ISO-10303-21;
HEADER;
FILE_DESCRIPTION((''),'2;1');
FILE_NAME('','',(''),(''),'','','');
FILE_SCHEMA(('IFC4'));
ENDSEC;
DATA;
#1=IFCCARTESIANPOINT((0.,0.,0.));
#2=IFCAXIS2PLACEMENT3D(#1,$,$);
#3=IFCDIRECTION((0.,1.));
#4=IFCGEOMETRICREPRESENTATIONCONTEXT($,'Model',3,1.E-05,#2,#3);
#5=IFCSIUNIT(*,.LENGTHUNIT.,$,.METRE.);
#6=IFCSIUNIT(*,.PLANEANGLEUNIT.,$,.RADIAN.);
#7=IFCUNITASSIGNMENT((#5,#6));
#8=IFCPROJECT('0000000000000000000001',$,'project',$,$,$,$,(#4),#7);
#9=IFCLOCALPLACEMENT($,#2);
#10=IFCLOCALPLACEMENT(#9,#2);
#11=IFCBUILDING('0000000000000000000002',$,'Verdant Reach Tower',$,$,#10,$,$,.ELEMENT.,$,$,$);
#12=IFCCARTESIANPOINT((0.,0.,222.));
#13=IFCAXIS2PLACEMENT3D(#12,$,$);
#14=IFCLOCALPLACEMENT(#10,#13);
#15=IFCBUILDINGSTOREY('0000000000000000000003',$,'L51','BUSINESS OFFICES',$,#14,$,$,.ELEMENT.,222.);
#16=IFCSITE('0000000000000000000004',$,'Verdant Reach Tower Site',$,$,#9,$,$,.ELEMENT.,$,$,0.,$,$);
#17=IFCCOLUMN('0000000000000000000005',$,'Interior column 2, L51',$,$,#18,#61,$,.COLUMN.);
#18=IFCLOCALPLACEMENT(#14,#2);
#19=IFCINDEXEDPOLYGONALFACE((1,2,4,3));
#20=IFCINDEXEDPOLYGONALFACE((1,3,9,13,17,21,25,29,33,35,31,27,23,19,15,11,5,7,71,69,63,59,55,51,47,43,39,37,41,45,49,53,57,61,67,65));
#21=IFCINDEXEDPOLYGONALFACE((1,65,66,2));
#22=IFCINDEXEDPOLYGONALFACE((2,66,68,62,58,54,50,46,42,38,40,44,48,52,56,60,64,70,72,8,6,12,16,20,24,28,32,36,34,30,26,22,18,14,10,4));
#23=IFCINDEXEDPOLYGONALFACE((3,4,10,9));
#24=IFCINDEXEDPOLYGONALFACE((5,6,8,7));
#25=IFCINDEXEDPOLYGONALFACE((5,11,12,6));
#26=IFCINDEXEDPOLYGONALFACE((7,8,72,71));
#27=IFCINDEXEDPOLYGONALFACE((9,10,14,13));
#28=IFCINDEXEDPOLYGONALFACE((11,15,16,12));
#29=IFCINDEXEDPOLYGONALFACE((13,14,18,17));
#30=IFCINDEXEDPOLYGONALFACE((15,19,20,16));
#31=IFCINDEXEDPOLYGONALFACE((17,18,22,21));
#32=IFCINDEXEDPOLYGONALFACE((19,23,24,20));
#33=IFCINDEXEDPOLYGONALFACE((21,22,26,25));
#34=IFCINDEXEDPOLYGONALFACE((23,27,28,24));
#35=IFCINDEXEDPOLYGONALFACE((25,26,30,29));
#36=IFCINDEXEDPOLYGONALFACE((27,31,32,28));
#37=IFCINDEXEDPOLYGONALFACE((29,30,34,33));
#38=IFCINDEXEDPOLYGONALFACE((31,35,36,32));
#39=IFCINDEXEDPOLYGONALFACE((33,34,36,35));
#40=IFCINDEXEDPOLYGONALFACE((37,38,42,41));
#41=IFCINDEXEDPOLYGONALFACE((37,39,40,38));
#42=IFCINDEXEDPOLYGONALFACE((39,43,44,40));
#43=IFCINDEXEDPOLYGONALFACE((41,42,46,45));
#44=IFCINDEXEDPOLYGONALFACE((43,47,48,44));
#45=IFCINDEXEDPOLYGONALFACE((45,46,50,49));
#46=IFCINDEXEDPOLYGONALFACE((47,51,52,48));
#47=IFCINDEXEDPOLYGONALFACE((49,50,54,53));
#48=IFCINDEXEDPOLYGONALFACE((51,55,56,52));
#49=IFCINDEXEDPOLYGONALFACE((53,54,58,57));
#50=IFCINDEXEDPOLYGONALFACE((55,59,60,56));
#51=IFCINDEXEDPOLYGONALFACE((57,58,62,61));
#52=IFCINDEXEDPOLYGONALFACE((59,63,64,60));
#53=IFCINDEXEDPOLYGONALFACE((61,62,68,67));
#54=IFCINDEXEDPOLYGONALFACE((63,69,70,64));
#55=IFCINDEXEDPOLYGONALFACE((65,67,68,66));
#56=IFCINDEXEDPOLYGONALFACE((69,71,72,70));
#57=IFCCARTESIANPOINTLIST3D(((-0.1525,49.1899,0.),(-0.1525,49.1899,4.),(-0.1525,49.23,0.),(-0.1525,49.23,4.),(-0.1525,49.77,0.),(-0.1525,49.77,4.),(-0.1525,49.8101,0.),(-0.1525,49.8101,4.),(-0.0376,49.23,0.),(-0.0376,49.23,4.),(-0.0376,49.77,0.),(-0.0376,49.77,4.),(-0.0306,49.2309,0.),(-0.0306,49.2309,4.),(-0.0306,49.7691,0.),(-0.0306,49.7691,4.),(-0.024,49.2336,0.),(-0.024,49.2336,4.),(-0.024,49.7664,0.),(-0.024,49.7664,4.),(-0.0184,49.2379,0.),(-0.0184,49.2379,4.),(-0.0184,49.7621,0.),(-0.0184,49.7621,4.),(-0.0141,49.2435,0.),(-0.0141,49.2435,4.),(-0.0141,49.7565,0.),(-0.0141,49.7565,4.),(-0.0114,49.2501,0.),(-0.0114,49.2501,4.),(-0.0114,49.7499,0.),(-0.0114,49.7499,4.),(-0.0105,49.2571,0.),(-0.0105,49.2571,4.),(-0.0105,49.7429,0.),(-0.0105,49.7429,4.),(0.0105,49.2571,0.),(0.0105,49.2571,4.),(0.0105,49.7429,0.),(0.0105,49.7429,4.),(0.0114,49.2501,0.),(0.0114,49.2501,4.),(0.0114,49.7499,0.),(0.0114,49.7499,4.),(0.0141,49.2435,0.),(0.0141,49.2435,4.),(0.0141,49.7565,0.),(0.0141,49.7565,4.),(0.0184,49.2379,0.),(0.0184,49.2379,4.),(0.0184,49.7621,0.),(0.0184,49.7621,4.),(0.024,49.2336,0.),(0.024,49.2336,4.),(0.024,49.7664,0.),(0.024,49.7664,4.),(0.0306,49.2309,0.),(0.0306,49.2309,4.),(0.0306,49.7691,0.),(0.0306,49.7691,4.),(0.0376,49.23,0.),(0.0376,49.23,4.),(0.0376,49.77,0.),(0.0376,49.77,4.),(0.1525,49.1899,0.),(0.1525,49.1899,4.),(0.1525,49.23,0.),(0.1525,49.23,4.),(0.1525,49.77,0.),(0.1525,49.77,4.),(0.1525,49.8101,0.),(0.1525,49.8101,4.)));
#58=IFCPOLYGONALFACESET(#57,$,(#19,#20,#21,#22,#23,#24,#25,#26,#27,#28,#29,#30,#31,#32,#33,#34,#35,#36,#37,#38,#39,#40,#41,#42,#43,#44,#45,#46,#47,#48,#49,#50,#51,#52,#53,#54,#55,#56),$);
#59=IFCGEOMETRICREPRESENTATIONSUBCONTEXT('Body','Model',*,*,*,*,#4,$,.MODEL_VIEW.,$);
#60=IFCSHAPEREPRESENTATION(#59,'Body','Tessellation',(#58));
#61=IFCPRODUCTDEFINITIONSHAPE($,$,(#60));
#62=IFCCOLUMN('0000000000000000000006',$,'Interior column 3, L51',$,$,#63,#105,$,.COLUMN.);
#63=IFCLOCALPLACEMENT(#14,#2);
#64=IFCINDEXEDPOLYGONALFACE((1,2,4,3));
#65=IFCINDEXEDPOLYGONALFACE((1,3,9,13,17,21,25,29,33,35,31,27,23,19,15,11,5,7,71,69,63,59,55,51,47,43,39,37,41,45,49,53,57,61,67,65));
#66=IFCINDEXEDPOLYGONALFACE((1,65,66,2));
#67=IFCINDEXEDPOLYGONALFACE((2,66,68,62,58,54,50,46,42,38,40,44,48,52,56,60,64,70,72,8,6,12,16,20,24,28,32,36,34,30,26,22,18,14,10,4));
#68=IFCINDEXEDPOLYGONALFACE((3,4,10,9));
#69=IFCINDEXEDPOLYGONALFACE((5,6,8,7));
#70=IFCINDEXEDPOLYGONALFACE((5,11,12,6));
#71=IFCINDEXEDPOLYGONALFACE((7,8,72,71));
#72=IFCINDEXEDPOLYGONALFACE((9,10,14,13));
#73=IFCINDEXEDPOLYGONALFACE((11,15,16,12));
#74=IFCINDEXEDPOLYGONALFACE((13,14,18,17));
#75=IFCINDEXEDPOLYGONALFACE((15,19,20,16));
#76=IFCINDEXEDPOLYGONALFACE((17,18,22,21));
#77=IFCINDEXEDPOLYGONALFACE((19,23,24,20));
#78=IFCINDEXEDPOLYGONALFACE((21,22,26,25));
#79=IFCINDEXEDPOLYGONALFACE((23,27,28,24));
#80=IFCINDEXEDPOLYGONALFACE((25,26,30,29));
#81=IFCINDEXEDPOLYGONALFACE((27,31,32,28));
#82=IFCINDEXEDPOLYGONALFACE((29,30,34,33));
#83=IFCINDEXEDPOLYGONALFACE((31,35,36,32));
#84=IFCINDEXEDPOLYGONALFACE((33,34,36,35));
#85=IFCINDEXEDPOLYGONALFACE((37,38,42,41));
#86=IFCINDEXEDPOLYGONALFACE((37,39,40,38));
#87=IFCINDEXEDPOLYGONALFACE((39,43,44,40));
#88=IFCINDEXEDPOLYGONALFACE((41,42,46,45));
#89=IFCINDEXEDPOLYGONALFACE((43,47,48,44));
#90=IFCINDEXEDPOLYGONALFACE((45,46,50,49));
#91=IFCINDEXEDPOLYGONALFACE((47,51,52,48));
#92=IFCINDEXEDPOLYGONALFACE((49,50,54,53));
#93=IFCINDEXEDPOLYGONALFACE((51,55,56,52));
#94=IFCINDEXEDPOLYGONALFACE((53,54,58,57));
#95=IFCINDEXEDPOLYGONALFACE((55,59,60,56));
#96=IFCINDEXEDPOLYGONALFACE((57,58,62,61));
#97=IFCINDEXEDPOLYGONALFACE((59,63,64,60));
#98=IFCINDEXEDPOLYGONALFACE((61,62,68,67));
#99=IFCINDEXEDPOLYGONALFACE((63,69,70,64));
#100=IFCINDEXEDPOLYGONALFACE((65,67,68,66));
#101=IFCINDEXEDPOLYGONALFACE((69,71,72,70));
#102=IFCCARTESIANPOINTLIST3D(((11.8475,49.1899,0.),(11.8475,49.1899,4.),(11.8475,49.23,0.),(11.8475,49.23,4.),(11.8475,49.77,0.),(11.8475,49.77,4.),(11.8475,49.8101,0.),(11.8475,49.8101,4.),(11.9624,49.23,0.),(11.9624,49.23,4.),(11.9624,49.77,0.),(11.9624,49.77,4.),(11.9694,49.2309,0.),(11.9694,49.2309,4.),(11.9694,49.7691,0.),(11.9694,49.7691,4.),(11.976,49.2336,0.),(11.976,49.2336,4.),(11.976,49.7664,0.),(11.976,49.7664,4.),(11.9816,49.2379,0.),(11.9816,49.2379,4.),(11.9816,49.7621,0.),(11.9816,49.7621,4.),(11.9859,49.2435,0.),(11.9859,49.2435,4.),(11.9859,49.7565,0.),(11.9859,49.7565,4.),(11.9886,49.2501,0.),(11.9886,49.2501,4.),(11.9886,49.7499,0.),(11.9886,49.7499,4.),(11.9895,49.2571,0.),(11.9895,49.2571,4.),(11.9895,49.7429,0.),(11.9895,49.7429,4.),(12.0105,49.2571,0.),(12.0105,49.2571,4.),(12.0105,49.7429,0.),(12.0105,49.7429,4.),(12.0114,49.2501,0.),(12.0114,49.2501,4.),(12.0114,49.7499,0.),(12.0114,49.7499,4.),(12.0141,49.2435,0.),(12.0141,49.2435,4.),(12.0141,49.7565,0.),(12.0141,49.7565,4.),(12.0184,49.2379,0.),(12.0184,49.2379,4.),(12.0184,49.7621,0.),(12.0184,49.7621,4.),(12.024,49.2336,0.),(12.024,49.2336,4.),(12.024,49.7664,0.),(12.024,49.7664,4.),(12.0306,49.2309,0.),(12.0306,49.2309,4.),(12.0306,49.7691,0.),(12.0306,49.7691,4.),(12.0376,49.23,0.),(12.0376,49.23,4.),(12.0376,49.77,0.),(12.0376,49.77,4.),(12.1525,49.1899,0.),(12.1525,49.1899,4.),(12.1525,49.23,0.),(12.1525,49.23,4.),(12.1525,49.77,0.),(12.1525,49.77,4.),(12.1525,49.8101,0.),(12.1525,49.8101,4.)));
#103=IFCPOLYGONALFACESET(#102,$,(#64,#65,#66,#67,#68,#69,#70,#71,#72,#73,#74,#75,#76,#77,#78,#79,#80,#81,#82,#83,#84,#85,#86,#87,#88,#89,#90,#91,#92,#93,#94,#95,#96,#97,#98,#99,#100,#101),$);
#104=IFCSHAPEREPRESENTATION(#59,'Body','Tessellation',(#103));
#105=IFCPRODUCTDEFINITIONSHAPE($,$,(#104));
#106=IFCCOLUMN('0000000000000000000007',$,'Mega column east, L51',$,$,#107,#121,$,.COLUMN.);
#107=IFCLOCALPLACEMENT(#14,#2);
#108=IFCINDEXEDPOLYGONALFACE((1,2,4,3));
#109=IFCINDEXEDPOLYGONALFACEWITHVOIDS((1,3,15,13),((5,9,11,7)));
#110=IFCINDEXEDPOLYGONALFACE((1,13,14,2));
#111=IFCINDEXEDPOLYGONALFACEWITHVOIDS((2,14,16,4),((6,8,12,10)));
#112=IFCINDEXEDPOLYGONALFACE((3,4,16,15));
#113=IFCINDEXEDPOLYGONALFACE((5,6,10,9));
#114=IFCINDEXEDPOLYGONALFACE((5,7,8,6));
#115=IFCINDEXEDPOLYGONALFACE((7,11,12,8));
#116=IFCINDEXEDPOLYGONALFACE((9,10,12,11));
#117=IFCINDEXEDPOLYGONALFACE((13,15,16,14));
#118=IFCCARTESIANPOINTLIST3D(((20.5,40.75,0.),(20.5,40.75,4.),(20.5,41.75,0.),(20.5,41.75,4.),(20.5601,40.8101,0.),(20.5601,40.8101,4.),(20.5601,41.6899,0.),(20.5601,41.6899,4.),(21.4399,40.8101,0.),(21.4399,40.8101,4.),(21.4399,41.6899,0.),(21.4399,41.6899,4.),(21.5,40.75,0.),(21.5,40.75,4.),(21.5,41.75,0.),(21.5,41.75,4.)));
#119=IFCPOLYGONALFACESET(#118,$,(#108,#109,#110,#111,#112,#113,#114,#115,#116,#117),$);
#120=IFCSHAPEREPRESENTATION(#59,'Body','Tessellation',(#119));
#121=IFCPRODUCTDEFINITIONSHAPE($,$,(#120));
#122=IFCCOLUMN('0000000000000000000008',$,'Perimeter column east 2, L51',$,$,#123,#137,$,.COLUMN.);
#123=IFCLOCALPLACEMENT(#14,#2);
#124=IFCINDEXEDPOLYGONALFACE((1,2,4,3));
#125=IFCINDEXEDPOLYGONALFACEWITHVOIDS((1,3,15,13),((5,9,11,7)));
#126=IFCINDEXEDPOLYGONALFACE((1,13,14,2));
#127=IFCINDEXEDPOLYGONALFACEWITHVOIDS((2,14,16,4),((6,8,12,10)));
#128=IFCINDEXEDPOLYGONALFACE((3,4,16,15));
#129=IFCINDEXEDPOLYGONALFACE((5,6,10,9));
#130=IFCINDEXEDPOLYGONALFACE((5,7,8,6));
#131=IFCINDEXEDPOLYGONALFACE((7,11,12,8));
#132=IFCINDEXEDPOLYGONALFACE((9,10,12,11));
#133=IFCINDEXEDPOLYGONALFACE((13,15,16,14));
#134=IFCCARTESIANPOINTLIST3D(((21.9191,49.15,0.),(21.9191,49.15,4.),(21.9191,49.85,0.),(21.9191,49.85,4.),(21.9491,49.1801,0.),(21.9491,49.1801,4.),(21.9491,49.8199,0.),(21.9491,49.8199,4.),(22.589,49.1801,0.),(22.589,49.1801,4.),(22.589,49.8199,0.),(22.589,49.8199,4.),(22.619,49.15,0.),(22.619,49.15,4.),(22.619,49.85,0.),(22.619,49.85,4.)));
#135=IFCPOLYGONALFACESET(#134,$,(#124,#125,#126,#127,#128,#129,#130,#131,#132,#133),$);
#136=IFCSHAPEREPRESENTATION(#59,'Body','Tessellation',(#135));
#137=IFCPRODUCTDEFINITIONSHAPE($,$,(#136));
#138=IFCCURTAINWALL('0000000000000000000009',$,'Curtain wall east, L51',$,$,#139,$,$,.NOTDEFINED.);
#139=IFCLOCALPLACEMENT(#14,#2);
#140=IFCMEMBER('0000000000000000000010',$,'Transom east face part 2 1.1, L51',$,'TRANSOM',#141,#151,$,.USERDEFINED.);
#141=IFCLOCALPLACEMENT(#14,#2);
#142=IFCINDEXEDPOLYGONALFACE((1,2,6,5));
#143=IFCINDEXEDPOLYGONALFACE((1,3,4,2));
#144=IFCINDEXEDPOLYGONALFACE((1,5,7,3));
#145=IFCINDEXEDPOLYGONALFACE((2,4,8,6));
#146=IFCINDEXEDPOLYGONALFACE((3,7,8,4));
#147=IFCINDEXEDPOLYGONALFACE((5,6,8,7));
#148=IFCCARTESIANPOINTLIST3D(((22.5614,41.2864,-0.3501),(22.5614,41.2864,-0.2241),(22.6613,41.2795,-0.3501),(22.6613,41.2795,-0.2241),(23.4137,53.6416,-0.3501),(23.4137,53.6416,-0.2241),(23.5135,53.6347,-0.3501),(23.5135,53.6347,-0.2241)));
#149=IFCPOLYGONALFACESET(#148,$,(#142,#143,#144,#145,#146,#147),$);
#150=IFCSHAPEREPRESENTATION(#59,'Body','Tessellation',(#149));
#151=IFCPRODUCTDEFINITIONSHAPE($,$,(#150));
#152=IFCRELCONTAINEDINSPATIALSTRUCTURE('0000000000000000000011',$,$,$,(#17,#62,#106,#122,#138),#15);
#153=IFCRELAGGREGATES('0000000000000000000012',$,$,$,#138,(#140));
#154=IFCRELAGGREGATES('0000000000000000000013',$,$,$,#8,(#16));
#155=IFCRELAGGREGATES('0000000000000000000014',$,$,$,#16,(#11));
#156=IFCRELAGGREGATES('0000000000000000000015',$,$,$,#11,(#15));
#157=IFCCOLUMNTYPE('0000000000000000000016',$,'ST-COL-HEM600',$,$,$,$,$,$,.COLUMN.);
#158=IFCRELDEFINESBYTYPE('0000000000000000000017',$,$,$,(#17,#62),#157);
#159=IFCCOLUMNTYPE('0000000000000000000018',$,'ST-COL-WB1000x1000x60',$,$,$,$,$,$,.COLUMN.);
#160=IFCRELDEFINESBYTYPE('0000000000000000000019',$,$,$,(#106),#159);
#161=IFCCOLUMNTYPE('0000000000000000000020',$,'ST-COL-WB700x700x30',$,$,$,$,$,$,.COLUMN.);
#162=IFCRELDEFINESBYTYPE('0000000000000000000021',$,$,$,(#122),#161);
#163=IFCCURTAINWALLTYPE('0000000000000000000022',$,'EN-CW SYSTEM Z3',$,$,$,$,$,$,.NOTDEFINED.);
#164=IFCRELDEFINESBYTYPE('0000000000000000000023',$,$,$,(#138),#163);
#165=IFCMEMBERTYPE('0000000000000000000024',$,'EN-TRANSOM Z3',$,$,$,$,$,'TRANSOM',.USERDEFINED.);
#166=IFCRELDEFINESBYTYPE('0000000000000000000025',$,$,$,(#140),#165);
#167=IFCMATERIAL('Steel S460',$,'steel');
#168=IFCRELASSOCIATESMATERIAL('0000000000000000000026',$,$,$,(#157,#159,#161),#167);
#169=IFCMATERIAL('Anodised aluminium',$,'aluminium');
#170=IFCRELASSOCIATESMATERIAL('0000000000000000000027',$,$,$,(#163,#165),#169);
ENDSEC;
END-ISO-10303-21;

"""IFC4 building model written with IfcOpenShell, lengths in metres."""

from ifc_helpers import new_model, si_unit, direction, frame, origin, origin_2d, place, context, subcontext, project, spatial, rectangle, hollow_rectangle, i_section, extrude, material, material_profile, profile_set, type_object, element, aggregate, save


model = new_model("IFC4")

# Units and contexts
model_context = context("Model", 3, precision=1e-05, world=origin(), true_north=direction((0.0, 1.0)))
body_context = subcontext(model_context, "Body", "Model", "MODEL_VIEW")
ifc_project = project(units=[si_unit("LENGTHUNIT", "METRE"), si_unit("PLANEANGLEUNIT", "RADIAN")], contexts=[model_context])

# Site, building, storey
site_placement = place(None, origin())
site = spatial("IfcSite", under=ifc_project, at=site_placement, Name="Verdant Reach Tower Site", CompositionType="ELEMENT", RefElevation=0.0)
building_placement = place(site_placement, origin())
building = spatial("IfcBuilding", under=site, at=building_placement, Name="Verdant Reach Tower", CompositionType="ELEMENT")
storey_placement = place(building_placement, frame((0.0, 0.0, 222.0)))
storey = spatial("IfcBuildingStorey", under=building, at=storey_placement, Name="L51", Description="BUSINESS OFFICES", CompositionType="ELEMENT", Elevation=222.0)

# Columns
ifc_material_1 = material(Name="Steel S460", Category="steel")
ifc_material_profile_1 = material_profile(ifc_material_1, i_section(OverallWidth=0.3049, OverallDepth=0.6201, WebThickness=0.021, FlangeThickness=0.04, FilletRadius=0.0271, at=origin_2d()), Name="HEM 600")
ifc_profile_set_1 = profile_set([ifc_material_profile_1], Name="Steel S460")
column_type_1 = type_object("IfcColumnType", Name="ST-COL-HEM600", PredefinedType="COLUMN", material=ifc_profile_set_1)
for number, where, z_axis, x_axis, name in (
    (1, (0.0, 49.5, 0.0), (0.0, 0.0, 1.0), (1.0, 0.0, 0.0), "Interior column 2, L51"),
    (2, (12.0, 49.5, 0.0), (0.0, 0.0, 1.0), (1.0, 0.0, 0.0), "Interior column 3, L51"),
):
    element("IfcColumn", number, at=place(storey_placement, frame(where, z_axis=z_axis, x_axis=x_axis)), inside=storey, type_object=column_type_1, Name=name, PredefinedType="COLUMN", context=body_context, shape_type="SweptSolid", body=[
        extrude(i_section(OverallWidth=0.3049, OverallDepth=0.6201, WebThickness=0.021, FlangeThickness=0.04, FilletRadius=0.0271, at=origin_2d()), origin(), (0.0, 0.0, 1.0), 4.0),
    ])
ifc_material_profile_2 = material_profile(ifc_material_1, hollow_rectangle(XDim=1.0, YDim=1.0, WallThickness=0.0601, at=origin_2d()), Name="WB 1000x1000x60")
ifc_profile_set_2 = profile_set([ifc_material_profile_2], Name="Steel S460")
column_type_2 = type_object("IfcColumnType", Name="ST-COL-WB1000x1000x60", PredefinedType="COLUMN", material=ifc_profile_set_2)
column_1_placement = place(storey_placement, frame((21.0, 41.25, 0.0), z_axis=(0.0, 0.0, 1.0), x_axis=(1.0, 0.0, 0.0)))
element("IfcColumn", 3, at=column_1_placement, inside=storey, type_object=column_type_2, Name="Mega column east, L51", PredefinedType="COLUMN", context=body_context, shape_type="SweptSolid", body=[
    extrude(hollow_rectangle(XDim=1.0, YDim=1.0, WallThickness=0.0601, at=origin_2d()), origin(), (0.0, 0.0, 1.0), 4.0),
])
ifc_material_profile_3 = material_profile(ifc_material_1, hollow_rectangle(XDim=0.7, YDim=0.7, WallThickness=0.03, at=origin_2d()), Name="WB 700x700x30")
ifc_profile_set_3 = profile_set([ifc_material_profile_3], Name="Steel S460")
column_type_3 = type_object("IfcColumnType", Name="ST-COL-WB700x700x30", PredefinedType="COLUMN", material=ifc_profile_set_3)
column_2_placement = place(storey_placement, frame((22.269, 49.5, 0.0), z_axis=(0.0, 0.0, 1.0), x_axis=(1.0, 0.0, 0.0)))
element("IfcColumn", 4, at=column_2_placement, inside=storey, type_object=column_type_3, Name="Perimeter column east 2, L51", PredefinedType="COLUMN", context=body_context, shape_type="SweptSolid", body=[
    extrude(hollow_rectangle(XDim=0.7, YDim=0.7, WallThickness=0.03, at=origin_2d()), origin(), (0.0, 0.0, 1.0), 4.0),
])

# Curtain wall, member
ifc_material_2 = material(Name="Anodised aluminium", Category="aluminium")
curtain_wall_type = type_object("IfcCurtainWallType", Name="EN-CW SYSTEM Z3", PredefinedType="NOTDEFINED", material=ifc_material_2)
curtain_wall_placement = place(storey_placement, origin())
curtain_wall = element("IfcCurtainWall", 5, at=curtain_wall_placement, inside=storey, type_object=curtain_wall_type, Name="Curtain wall east, L51", PredefinedType="NOTDEFINED")
ifc_material_profile_4 = material_profile(ifc_material_2, rectangle(XDim=0.1001, YDim=0.126, at=origin_2d()), Name="Transom 126x100")
ifc_profile_set_4 = profile_set([ifc_material_profile_4], Name="Anodised aluminium")
member_type = type_object("IfcMemberType", Name="EN-TRANSOM Z3", ElementType="TRANSOM", PredefinedType="USERDEFINED", material=ifc_profile_set_4)
member_placement = place(storey_placement, frame((22.6113, 41.283, -0.2871), z_axis=(0.068819, 0.997629, 0.0), x_axis=(-0.997629, 0.068819, 0.0)))
member = element("IfcMember", 6, at=member_placement, type_object=member_type, Name="Transom east face part 2 1.1, L51", ObjectType="TRANSOM", PredefinedType="USERDEFINED", context=body_context, shape_type="SweptSolid", body=[
    extrude(rectangle(XDim=0.1001, YDim=0.126, at=origin_2d()), origin(), (0.0, 0.0, 1.0), 12.3845),
])

aggregate(curtain_wall, [member])

save(model, "model.ifc")
